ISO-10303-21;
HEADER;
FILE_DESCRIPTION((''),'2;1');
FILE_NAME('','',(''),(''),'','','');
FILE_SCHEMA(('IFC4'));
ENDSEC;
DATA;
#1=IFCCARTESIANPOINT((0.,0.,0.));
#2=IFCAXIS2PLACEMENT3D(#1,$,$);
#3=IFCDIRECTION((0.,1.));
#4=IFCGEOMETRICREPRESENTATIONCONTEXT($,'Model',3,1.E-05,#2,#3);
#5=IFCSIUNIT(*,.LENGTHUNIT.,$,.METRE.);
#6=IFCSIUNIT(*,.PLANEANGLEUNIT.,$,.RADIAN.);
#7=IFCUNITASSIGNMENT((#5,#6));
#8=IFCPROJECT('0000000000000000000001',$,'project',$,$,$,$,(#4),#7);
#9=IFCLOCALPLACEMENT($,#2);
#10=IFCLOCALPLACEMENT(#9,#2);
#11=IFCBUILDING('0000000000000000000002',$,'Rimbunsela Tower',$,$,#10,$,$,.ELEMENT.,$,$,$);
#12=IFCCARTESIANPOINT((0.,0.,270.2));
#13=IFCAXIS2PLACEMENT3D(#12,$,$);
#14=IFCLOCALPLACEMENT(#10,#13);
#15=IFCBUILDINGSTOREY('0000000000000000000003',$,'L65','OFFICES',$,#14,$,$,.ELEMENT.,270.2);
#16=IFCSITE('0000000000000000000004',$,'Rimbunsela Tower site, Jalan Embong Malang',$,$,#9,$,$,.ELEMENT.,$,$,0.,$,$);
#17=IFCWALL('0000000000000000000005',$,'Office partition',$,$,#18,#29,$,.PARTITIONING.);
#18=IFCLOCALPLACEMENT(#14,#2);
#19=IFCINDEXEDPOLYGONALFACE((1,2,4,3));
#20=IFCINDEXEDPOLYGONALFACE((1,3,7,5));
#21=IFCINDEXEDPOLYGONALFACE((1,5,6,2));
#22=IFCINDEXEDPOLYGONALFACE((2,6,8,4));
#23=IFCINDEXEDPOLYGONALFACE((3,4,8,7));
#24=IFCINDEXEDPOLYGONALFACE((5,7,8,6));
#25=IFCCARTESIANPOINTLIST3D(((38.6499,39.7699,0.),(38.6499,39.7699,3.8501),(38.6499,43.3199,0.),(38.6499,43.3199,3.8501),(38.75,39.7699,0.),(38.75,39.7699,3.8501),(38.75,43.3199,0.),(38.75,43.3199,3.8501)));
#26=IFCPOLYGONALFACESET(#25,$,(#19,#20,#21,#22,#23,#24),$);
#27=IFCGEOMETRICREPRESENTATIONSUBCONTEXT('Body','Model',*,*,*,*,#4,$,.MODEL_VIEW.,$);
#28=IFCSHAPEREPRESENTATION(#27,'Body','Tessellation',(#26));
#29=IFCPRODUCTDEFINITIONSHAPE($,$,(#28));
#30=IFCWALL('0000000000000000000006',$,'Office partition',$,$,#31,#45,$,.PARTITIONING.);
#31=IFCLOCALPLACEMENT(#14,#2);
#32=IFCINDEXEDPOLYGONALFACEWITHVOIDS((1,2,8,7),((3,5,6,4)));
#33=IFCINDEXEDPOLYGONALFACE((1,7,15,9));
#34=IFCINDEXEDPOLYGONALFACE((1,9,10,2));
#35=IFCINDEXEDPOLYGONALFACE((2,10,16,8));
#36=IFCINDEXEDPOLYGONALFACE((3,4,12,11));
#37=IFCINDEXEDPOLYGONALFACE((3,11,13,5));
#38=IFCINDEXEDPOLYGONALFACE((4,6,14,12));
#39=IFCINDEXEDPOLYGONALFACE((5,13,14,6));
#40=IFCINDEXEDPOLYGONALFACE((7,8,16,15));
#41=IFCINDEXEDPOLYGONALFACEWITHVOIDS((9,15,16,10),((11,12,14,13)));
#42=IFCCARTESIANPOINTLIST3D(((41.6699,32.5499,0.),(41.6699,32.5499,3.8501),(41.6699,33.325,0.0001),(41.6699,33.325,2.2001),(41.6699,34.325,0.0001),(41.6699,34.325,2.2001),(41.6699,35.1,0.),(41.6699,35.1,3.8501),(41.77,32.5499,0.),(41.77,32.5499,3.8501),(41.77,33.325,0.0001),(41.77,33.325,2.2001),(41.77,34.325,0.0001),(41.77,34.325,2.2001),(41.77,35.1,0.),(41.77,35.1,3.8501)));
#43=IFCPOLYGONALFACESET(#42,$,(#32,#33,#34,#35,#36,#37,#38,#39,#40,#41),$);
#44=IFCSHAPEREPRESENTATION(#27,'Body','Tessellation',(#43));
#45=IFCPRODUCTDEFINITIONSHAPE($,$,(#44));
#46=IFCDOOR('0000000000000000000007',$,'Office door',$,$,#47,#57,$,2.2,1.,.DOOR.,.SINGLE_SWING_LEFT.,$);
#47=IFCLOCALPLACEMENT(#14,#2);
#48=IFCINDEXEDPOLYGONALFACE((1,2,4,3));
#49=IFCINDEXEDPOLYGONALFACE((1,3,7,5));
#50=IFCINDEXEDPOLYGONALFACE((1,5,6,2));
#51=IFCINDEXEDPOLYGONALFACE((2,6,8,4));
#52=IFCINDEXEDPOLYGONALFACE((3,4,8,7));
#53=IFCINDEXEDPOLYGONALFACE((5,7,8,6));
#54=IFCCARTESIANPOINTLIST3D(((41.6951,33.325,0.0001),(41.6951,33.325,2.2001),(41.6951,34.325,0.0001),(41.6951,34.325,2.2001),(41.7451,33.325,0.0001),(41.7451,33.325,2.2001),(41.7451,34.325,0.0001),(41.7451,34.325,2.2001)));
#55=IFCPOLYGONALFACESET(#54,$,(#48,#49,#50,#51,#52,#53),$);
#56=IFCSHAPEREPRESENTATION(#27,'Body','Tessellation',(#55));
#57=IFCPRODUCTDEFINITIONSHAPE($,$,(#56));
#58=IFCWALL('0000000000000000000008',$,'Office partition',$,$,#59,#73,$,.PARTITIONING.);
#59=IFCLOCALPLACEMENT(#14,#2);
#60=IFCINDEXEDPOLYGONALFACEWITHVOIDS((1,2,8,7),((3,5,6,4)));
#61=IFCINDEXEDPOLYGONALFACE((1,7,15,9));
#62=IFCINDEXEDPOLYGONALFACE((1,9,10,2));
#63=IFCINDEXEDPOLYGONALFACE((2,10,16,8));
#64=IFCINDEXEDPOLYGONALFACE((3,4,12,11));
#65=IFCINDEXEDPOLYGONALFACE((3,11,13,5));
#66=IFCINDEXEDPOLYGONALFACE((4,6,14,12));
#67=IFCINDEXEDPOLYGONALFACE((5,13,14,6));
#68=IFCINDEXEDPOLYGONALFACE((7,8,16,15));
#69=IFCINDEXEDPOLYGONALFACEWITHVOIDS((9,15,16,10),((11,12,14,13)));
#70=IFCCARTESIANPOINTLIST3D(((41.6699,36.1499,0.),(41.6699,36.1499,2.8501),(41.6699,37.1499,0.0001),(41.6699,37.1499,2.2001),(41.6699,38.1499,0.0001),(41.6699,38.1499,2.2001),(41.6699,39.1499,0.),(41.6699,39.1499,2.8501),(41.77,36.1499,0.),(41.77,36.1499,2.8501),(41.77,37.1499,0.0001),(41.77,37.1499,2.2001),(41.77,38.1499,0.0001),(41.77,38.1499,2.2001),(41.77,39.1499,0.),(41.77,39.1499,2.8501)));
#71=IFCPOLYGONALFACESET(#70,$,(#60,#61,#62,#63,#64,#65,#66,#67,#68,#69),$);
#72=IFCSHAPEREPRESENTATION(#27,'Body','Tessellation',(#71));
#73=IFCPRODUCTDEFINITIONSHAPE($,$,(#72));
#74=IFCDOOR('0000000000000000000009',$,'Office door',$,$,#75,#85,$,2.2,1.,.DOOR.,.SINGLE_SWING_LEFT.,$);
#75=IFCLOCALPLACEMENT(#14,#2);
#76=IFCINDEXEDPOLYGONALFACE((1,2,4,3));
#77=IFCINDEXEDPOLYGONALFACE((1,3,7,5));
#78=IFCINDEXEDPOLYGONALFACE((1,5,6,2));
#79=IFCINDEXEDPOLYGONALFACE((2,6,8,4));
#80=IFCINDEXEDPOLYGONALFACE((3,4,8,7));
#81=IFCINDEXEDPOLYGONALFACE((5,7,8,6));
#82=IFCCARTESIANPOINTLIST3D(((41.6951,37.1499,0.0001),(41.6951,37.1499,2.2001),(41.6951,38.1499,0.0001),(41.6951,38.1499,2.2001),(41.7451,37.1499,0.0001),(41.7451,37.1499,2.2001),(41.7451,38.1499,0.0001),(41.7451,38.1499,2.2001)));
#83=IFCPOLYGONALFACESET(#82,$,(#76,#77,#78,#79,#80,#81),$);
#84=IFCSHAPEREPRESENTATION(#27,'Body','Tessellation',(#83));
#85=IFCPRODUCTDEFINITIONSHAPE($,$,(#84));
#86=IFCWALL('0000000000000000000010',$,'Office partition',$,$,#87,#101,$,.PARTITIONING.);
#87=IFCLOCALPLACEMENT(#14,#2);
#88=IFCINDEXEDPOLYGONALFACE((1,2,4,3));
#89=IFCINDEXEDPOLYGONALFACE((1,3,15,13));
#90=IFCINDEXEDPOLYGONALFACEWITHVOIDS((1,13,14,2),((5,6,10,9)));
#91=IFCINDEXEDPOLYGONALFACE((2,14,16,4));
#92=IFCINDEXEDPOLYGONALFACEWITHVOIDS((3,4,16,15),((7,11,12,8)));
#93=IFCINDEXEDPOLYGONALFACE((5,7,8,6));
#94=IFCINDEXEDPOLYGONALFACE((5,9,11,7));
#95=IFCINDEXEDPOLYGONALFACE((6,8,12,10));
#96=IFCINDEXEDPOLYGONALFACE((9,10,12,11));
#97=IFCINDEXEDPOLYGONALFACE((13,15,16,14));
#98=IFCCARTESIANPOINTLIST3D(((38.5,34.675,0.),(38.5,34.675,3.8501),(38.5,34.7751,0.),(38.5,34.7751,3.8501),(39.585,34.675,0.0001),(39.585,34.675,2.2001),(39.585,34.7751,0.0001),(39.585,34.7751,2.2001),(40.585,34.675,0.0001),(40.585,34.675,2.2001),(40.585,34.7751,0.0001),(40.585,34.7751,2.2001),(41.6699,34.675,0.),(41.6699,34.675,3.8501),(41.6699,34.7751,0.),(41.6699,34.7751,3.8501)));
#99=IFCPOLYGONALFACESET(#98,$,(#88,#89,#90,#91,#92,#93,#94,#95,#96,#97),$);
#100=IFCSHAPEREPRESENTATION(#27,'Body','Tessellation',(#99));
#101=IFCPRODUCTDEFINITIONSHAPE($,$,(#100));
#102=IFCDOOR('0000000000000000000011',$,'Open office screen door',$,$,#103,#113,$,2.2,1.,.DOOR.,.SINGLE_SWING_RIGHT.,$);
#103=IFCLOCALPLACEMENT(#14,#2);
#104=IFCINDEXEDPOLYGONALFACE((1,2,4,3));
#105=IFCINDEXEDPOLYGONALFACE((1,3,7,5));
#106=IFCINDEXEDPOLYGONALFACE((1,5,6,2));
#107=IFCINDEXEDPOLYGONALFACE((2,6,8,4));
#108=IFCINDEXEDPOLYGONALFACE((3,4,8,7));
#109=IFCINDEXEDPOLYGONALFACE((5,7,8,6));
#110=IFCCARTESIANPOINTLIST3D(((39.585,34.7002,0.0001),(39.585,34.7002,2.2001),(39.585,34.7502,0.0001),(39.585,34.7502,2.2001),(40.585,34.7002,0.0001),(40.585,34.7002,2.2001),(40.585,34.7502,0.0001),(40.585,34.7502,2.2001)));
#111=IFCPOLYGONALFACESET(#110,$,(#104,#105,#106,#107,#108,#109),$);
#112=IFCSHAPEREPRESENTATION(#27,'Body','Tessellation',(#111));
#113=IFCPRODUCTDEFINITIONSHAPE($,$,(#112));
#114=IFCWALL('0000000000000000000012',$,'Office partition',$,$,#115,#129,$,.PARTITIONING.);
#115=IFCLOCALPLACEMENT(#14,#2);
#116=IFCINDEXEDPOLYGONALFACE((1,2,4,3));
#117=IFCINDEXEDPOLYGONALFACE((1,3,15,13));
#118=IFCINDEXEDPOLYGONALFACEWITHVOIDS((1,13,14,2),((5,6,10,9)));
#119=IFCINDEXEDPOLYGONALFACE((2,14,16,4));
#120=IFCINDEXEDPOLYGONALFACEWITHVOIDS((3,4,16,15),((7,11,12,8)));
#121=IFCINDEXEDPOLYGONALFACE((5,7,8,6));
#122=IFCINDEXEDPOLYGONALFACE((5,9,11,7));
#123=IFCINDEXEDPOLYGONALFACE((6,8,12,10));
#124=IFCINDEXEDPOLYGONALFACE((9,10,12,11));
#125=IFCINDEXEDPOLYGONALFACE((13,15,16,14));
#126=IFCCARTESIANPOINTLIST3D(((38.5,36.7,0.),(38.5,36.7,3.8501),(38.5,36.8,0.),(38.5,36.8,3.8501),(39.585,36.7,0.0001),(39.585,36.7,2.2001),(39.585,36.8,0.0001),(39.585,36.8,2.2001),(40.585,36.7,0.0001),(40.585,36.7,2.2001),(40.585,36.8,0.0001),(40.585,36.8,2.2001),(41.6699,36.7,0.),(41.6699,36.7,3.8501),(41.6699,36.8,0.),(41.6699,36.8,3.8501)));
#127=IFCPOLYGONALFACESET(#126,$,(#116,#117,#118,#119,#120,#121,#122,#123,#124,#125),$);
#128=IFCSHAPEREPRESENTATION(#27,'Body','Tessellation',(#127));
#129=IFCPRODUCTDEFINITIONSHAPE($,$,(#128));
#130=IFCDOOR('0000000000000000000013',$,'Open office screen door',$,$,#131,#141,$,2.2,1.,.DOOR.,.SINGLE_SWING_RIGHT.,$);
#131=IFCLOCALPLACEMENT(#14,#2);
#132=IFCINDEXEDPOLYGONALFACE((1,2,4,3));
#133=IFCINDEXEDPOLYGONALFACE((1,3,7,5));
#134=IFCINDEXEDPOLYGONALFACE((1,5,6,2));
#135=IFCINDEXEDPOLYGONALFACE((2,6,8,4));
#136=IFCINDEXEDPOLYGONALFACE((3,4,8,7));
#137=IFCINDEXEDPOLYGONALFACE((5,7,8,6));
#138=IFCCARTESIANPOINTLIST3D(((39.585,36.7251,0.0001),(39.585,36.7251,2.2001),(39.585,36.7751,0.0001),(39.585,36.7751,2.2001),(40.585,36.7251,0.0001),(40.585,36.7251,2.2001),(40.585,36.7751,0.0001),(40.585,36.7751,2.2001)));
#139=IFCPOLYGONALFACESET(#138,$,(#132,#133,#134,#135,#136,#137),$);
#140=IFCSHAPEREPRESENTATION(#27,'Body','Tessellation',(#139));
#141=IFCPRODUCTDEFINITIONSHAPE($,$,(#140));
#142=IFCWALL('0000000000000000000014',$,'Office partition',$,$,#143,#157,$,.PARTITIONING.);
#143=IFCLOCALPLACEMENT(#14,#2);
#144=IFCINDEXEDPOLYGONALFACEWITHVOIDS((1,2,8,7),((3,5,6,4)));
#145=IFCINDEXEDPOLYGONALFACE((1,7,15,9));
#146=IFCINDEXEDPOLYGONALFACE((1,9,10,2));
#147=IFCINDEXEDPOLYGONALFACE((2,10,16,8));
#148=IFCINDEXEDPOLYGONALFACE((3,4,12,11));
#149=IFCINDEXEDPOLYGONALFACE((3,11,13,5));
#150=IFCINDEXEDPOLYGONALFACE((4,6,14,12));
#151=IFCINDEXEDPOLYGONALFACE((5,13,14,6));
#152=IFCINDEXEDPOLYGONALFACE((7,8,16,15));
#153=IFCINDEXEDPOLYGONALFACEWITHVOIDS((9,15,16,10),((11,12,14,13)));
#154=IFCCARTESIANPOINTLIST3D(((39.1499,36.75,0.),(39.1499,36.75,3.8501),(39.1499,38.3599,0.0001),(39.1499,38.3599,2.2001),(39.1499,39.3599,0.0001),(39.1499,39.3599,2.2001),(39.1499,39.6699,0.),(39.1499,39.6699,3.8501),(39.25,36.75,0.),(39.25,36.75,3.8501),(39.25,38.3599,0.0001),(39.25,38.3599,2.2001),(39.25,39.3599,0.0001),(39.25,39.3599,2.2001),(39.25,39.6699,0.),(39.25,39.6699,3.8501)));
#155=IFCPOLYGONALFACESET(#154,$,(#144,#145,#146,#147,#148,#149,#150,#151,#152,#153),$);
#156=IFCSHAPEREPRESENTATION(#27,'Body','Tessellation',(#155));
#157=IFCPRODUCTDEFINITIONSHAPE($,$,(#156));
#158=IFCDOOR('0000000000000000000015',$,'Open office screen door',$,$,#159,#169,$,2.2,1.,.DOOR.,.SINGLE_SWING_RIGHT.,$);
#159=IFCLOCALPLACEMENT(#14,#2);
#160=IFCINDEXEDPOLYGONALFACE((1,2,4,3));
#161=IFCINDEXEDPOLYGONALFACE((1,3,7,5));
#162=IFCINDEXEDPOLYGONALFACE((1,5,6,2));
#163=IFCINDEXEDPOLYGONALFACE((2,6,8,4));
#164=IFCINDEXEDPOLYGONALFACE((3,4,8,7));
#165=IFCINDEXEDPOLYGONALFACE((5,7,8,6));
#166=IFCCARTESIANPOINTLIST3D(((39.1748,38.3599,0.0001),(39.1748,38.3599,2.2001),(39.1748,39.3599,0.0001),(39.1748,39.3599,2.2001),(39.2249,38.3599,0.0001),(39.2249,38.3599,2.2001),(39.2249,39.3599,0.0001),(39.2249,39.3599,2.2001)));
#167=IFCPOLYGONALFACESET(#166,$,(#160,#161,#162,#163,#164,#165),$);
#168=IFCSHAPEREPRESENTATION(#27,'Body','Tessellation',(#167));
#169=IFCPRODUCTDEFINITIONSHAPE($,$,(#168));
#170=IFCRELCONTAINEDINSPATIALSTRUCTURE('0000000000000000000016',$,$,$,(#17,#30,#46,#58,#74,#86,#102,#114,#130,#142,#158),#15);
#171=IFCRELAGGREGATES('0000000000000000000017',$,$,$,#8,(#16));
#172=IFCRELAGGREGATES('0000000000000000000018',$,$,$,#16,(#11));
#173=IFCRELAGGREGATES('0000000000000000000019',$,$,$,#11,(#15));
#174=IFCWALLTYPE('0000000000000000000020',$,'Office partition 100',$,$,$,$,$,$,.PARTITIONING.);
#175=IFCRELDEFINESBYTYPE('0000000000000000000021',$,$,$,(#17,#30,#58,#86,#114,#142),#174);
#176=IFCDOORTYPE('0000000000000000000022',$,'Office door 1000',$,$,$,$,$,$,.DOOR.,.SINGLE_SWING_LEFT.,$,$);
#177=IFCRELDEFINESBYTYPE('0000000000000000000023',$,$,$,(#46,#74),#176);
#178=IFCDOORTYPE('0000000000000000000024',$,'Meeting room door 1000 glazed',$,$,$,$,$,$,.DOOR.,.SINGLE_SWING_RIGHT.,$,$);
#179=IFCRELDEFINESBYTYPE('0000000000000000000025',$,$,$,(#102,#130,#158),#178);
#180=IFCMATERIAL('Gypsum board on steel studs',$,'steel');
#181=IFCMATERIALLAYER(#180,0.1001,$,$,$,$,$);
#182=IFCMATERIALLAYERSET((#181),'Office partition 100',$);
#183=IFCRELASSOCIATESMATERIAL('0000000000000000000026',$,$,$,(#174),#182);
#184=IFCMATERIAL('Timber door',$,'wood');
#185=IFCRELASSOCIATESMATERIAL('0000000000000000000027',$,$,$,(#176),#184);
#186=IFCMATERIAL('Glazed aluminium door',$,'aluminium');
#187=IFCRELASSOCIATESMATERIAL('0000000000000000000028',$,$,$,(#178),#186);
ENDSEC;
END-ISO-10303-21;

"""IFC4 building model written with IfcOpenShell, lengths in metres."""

from ifc_helpers import new_model, si_unit, direction, frame, frame_2d, origin, place, context, subcontext, project, spatial, rectangle, extrude, material, layer, layer_set, type_object, element, fill, save


model = new_model("IFC4")

# Units and contexts
model_context = context("Model", 3, precision=1e-05, world=origin(), true_north=direction((0.0, 1.0)))
body_context = subcontext(model_context, "Body", "Model", "MODEL_VIEW")
ifc_project = project(units=[si_unit("LENGTHUNIT", "METRE"), si_unit("PLANEANGLEUNIT", "RADIAN")], contexts=[model_context])

# Site, building, storey
site_placement = place(None, origin())
site = spatial("IfcSite", under=ifc_project, at=site_placement, Name="Rimbunsela Tower site, Jalan Embong Malang", CompositionType="ELEMENT", RefElevation=0.0)
building_placement = place(site_placement, origin())
building = spatial("IfcBuilding", under=site, at=building_placement, Name="Rimbunsela Tower", CompositionType="ELEMENT")
storey_placement = place(building_placement, frame((0.0, 0.0, 270.2)))
storey = spatial("IfcBuildingStorey", under=building, at=storey_placement, Name="L65", Description="OFFICES", CompositionType="ELEMENT", Elevation=270.2)

# Shared definitions
ifc_material_1 = material(Name="Gypsum board on steel studs", Category="steel")
ifc_layer_1 = layer(ifc_material_1, 0.1001)
ifc_layer_set_1 = layer_set([ifc_layer_1], Name="Office partition 100")
wall_type_1 = type_object("IfcWallType", Name="Office partition 100", PredefinedType="PARTITIONING", material=ifc_layer_set_1)

# Shared definitions
ifc_material_2 = material(Name="Timber door", Category="wood")
door_type_1 = type_object("IfcDoorType", Name="Office door 1000", OperationType="SINGLE_SWING_LEFT", PredefinedType="DOOR", material=ifc_material_2)

# Wall
wall_1_placement = place(storey_placement, frame((38.7, 39.77, 0.0), z_axis=(0.0, 0.0, 1.0), x_axis=(0.0, 1.0, 0.0)))
element("IfcWall", 1, at=wall_1_placement, inside=storey, type_object=wall_type_1, Name="Office partition", PredefinedType="PARTITIONING", context=body_context, shape_type="SweptSolid", body=[
    extrude(rectangle(XDim=3.55, YDim=0.1001, at=frame_2d((1.7749, 0.0))), origin(), (0.0, 0.0, 1.0), 3.8501),
])

# Walls, openings, doors
wall_2_placement = place(storey_placement, frame((41.72, 32.55, 0.0), z_axis=(0.0, 0.0, 1.0), x_axis=(0.0, 1.0, 0.0)))
wall_2 = element("IfcWall", 2, at=wall_2_placement, inside=storey, type_object=wall_type_1, Name="Office partition", PredefinedType="PARTITIONING", context=body_context, shape_type="SweptSolid", body=[
    extrude(rectangle(XDim=2.55, YDim=0.1001, at=frame_2d((1.2749, 0.0))), origin(), (0.0, 0.0, 1.0), 3.8501),
])
opening_1_placement = place(wall_2_placement, frame((0.7749, 0.0, 0.0)))
opening_1 = element("IfcOpeningElement", 3, at=opening_1_placement, cuts=wall_2, PredefinedType="OPENING", context=body_context, shape_type="SweptSolid", body=[
    extrude(rectangle(XDim=1.0, YDim=2.2, at=frame_2d((0.5, 1.1001))), frame((0.0, 0.0601, 0.0), z_axis=(0.0, -1.0, 0.0), x_axis=(1.0, 0.0, 0.0)), (0.0, 0.0, 1.0), 0.1201),
])
door_1_placement = place(opening_1_placement, origin())
door_1 = element("IfcDoor", 4, at=door_1_placement, inside=storey, type_object=door_type_1, Name="Office door", OperationType="SINGLE_SWING_LEFT", OverallHeight=2.2, OverallWidth=1.0, PredefinedType="DOOR", context=body_context, shape_type="SweptSolid", body=[
    extrude(rectangle(XDim=1.0, YDim=2.2, at=frame_2d((0.5, 1.1001))), frame((0.0, 0.0249, 0.0), z_axis=(0.0, -1.0, 0.0), x_axis=(1.0, 0.0, 0.0)), (0.0, 0.0, 1.0), 0.05),
])
fill(opening_1, door_1)
wall_3_placement = place(storey_placement, frame((41.72, 36.1499, 0.0), z_axis=(0.0, 0.0, 1.0), x_axis=(0.0, 1.0, 0.0)))
wall_3 = element("IfcWall", 5, at=wall_3_placement, inside=storey, type_object=wall_type_1, Name="Office partition", PredefinedType="PARTITIONING", context=body_context, shape_type="SweptSolid", body=[
    extrude(rectangle(XDim=3.0, YDim=0.1001, at=frame_2d((1.5, 0.0))), origin(), (0.0, 0.0, 1.0), 2.8501),
])
opening_2_placement = place(wall_3_placement, frame((1.0, 0.0, 0.0)))
opening_2 = element("IfcOpeningElement", 6, at=opening_2_placement, cuts=wall_3, PredefinedType="OPENING", context=body_context, shape_type="SweptSolid", body=[
    extrude(rectangle(XDim=1.0, YDim=2.2, at=frame_2d((0.5, 1.1001))), frame((0.0, 0.0601, 0.0), z_axis=(0.0, -1.0, 0.0), x_axis=(1.0, 0.0, 0.0)), (0.0, 0.0, 1.0), 0.1201),
])
door_2_placement = place(opening_2_placement, origin())
door_2 = element("IfcDoor", 7, at=door_2_placement, inside=storey, type_object=door_type_1, Name="Office door", OperationType="SINGLE_SWING_LEFT", OverallHeight=2.2, OverallWidth=1.0, PredefinedType="DOOR", context=body_context, shape_type="SweptSolid", body=[
    extrude(rectangle(XDim=1.0, YDim=2.2, at=frame_2d((0.5, 1.1001))), frame((0.0, 0.0249, 0.0), z_axis=(0.0, -1.0, 0.0), x_axis=(1.0, 0.0, 0.0)), (0.0, 0.0, 1.0), 0.05),
])
fill(opening_2, door_2)
wall_4_placement = place(storey_placement, frame((41.6699, 34.7251, 0.0), z_axis=(0.0, 0.0, 1.0), x_axis=(-1.0, 0.0, 0.0)))
wall_4 = element("IfcWall", 8, at=wall_4_placement, inside=storey, type_object=wall_type_1, Name="Office partition", PredefinedType="PARTITIONING", context=body_context, shape_type="SweptSolid", body=[
    extrude(rectangle(XDim=3.1699, YDim=0.1001, at=frame_2d((1.585, 0.0))), origin(), (0.0, 0.0, 1.0), 3.8501),
])
opening_3_placement = place(wall_4_placement, frame((1.085, 0.0, 0.0)))
opening_3 = element("IfcOpeningElement", 9, at=opening_3_placement, cuts=wall_4, PredefinedType="OPENING", context=body_context, shape_type="SweptSolid", body=[
    extrude(rectangle(XDim=1.0, YDim=2.2, at=frame_2d((0.5, 1.1001))), frame((0.0, 0.0601, 0.0), z_axis=(0.0, -1.0, 0.0), x_axis=(1.0, 0.0, 0.0)), (0.0, 0.0, 1.0), 0.1201),
])
ifc_material_3 = material(Name="Glazed aluminium door", Category="aluminium")
door_type_2 = type_object("IfcDoorType", Name="Meeting room door 1000 glazed", OperationType="SINGLE_SWING_RIGHT", PredefinedType="DOOR", material=ifc_material_3)
door_3_placement = place(opening_3_placement, origin())
door_3 = element("IfcDoor", 10, at=door_3_placement, inside=storey, type_object=door_type_2, Name="Open office screen door", OperationType="SINGLE_SWING_RIGHT", OverallHeight=2.2, OverallWidth=1.0, PredefinedType="DOOR", context=body_context, shape_type="SweptSolid", body=[
    extrude(rectangle(XDim=1.0, YDim=2.2, at=frame_2d((0.5, 1.1001))), frame((0.0, 0.0249, 0.0), z_axis=(0.0, -1.0, 0.0), x_axis=(1.0, 0.0, 0.0)), (0.0, 0.0, 1.0), 0.05),
])
fill(opening_3, door_3)
wall_5_placement = place(storey_placement, frame((41.6699, 36.75, 0.0), z_axis=(0.0, 0.0, 1.0), x_axis=(-1.0, 0.0, 0.0)))
wall_5 = element("IfcWall", 11, at=wall_5_placement, inside=storey, type_object=wall_type_1, Name="Office partition", PredefinedType="PARTITIONING", context=body_context, shape_type="SweptSolid", body=[
    extrude(rectangle(XDim=3.1699, YDim=0.1001, at=frame_2d((1.585, 0.0))), origin(), (0.0, 0.0, 1.0), 3.8501),
])
opening_4_placement = place(wall_5_placement, frame((1.085, 0.0, 0.0)))
opening_4 = element("IfcOpeningElement", 12, at=opening_4_placement, cuts=wall_5, PredefinedType="OPENING", context=body_context, shape_type="SweptSolid", body=[
    extrude(rectangle(XDim=1.0, YDim=2.2, at=frame_2d((0.5, 1.1001))), frame((0.0, 0.0601, 0.0), z_axis=(0.0, -1.0, 0.0), x_axis=(1.0, 0.0, 0.0)), (0.0, 0.0, 1.0), 0.1201),
])
door_4_placement = place(opening_4_placement, origin())
door_4 = element("IfcDoor", 13, at=door_4_placement, inside=storey, type_object=door_type_2, Name="Open office screen door", OperationType="SINGLE_SWING_RIGHT", OverallHeight=2.2, OverallWidth=1.0, PredefinedType="DOOR", context=body_context, shape_type="SweptSolid", body=[
    extrude(rectangle(XDim=1.0, YDim=2.2, at=frame_2d((0.5, 1.1001))), frame((0.0, 0.0249, 0.0), z_axis=(0.0, -1.0, 0.0), x_axis=(1.0, 0.0, 0.0)), (0.0, 0.0, 1.0), 0.05),
])
fill(opening_4, door_4)
wall_6_placement = place(storey_placement, frame((39.2, 39.6699, 0.0), z_axis=(0.0, 0.0, 1.0), x_axis=(0.0, -1.0, 0.0)))
wall_6 = element("IfcWall", 14, at=wall_6_placement, inside=storey, type_object=wall_type_1, Name="Office partition", PredefinedType="PARTITIONING", context=body_context, shape_type="SweptSolid", body=[
    extrude(rectangle(XDim=2.9199, YDim=0.1001, at=frame_2d((1.46, 0.0))), origin(), (0.0, 0.0, 1.0), 3.8501),
])
opening_5_placement = place(wall_6_placement, frame((0.3101, 0.0, 0.0)))
opening_5 = element("IfcOpeningElement", 15, at=opening_5_placement, cuts=wall_6, PredefinedType="OPENING", context=body_context, shape_type="SweptSolid", body=[
    extrude(rectangle(XDim=1.0, YDim=2.2, at=frame_2d((0.5, 1.1001))), frame((0.0, 0.0601, 0.0), z_axis=(0.0, -1.0, 0.0), x_axis=(1.0, 0.0, 0.0)), (0.0, 0.0, 1.0), 0.1201),
])
door_5_placement = place(opening_5_placement, origin())
door_5 = element("IfcDoor", 16, at=door_5_placement, inside=storey, type_object=door_type_2, Name="Open office screen door", OperationType="SINGLE_SWING_RIGHT", OverallHeight=2.2, OverallWidth=1.0, PredefinedType="DOOR", context=body_context, shape_type="SweptSolid", body=[
    extrude(rectangle(XDim=1.0, YDim=2.2, at=frame_2d((0.5, 1.1001))), frame((0.0, 0.0249, 0.0), z_axis=(0.0, -1.0, 0.0), x_axis=(1.0, 0.0, 0.0)), (0.0, 0.0, 1.0), 0.05),
])
fill(opening_5, door_5)

save(model, "model.ifc")
